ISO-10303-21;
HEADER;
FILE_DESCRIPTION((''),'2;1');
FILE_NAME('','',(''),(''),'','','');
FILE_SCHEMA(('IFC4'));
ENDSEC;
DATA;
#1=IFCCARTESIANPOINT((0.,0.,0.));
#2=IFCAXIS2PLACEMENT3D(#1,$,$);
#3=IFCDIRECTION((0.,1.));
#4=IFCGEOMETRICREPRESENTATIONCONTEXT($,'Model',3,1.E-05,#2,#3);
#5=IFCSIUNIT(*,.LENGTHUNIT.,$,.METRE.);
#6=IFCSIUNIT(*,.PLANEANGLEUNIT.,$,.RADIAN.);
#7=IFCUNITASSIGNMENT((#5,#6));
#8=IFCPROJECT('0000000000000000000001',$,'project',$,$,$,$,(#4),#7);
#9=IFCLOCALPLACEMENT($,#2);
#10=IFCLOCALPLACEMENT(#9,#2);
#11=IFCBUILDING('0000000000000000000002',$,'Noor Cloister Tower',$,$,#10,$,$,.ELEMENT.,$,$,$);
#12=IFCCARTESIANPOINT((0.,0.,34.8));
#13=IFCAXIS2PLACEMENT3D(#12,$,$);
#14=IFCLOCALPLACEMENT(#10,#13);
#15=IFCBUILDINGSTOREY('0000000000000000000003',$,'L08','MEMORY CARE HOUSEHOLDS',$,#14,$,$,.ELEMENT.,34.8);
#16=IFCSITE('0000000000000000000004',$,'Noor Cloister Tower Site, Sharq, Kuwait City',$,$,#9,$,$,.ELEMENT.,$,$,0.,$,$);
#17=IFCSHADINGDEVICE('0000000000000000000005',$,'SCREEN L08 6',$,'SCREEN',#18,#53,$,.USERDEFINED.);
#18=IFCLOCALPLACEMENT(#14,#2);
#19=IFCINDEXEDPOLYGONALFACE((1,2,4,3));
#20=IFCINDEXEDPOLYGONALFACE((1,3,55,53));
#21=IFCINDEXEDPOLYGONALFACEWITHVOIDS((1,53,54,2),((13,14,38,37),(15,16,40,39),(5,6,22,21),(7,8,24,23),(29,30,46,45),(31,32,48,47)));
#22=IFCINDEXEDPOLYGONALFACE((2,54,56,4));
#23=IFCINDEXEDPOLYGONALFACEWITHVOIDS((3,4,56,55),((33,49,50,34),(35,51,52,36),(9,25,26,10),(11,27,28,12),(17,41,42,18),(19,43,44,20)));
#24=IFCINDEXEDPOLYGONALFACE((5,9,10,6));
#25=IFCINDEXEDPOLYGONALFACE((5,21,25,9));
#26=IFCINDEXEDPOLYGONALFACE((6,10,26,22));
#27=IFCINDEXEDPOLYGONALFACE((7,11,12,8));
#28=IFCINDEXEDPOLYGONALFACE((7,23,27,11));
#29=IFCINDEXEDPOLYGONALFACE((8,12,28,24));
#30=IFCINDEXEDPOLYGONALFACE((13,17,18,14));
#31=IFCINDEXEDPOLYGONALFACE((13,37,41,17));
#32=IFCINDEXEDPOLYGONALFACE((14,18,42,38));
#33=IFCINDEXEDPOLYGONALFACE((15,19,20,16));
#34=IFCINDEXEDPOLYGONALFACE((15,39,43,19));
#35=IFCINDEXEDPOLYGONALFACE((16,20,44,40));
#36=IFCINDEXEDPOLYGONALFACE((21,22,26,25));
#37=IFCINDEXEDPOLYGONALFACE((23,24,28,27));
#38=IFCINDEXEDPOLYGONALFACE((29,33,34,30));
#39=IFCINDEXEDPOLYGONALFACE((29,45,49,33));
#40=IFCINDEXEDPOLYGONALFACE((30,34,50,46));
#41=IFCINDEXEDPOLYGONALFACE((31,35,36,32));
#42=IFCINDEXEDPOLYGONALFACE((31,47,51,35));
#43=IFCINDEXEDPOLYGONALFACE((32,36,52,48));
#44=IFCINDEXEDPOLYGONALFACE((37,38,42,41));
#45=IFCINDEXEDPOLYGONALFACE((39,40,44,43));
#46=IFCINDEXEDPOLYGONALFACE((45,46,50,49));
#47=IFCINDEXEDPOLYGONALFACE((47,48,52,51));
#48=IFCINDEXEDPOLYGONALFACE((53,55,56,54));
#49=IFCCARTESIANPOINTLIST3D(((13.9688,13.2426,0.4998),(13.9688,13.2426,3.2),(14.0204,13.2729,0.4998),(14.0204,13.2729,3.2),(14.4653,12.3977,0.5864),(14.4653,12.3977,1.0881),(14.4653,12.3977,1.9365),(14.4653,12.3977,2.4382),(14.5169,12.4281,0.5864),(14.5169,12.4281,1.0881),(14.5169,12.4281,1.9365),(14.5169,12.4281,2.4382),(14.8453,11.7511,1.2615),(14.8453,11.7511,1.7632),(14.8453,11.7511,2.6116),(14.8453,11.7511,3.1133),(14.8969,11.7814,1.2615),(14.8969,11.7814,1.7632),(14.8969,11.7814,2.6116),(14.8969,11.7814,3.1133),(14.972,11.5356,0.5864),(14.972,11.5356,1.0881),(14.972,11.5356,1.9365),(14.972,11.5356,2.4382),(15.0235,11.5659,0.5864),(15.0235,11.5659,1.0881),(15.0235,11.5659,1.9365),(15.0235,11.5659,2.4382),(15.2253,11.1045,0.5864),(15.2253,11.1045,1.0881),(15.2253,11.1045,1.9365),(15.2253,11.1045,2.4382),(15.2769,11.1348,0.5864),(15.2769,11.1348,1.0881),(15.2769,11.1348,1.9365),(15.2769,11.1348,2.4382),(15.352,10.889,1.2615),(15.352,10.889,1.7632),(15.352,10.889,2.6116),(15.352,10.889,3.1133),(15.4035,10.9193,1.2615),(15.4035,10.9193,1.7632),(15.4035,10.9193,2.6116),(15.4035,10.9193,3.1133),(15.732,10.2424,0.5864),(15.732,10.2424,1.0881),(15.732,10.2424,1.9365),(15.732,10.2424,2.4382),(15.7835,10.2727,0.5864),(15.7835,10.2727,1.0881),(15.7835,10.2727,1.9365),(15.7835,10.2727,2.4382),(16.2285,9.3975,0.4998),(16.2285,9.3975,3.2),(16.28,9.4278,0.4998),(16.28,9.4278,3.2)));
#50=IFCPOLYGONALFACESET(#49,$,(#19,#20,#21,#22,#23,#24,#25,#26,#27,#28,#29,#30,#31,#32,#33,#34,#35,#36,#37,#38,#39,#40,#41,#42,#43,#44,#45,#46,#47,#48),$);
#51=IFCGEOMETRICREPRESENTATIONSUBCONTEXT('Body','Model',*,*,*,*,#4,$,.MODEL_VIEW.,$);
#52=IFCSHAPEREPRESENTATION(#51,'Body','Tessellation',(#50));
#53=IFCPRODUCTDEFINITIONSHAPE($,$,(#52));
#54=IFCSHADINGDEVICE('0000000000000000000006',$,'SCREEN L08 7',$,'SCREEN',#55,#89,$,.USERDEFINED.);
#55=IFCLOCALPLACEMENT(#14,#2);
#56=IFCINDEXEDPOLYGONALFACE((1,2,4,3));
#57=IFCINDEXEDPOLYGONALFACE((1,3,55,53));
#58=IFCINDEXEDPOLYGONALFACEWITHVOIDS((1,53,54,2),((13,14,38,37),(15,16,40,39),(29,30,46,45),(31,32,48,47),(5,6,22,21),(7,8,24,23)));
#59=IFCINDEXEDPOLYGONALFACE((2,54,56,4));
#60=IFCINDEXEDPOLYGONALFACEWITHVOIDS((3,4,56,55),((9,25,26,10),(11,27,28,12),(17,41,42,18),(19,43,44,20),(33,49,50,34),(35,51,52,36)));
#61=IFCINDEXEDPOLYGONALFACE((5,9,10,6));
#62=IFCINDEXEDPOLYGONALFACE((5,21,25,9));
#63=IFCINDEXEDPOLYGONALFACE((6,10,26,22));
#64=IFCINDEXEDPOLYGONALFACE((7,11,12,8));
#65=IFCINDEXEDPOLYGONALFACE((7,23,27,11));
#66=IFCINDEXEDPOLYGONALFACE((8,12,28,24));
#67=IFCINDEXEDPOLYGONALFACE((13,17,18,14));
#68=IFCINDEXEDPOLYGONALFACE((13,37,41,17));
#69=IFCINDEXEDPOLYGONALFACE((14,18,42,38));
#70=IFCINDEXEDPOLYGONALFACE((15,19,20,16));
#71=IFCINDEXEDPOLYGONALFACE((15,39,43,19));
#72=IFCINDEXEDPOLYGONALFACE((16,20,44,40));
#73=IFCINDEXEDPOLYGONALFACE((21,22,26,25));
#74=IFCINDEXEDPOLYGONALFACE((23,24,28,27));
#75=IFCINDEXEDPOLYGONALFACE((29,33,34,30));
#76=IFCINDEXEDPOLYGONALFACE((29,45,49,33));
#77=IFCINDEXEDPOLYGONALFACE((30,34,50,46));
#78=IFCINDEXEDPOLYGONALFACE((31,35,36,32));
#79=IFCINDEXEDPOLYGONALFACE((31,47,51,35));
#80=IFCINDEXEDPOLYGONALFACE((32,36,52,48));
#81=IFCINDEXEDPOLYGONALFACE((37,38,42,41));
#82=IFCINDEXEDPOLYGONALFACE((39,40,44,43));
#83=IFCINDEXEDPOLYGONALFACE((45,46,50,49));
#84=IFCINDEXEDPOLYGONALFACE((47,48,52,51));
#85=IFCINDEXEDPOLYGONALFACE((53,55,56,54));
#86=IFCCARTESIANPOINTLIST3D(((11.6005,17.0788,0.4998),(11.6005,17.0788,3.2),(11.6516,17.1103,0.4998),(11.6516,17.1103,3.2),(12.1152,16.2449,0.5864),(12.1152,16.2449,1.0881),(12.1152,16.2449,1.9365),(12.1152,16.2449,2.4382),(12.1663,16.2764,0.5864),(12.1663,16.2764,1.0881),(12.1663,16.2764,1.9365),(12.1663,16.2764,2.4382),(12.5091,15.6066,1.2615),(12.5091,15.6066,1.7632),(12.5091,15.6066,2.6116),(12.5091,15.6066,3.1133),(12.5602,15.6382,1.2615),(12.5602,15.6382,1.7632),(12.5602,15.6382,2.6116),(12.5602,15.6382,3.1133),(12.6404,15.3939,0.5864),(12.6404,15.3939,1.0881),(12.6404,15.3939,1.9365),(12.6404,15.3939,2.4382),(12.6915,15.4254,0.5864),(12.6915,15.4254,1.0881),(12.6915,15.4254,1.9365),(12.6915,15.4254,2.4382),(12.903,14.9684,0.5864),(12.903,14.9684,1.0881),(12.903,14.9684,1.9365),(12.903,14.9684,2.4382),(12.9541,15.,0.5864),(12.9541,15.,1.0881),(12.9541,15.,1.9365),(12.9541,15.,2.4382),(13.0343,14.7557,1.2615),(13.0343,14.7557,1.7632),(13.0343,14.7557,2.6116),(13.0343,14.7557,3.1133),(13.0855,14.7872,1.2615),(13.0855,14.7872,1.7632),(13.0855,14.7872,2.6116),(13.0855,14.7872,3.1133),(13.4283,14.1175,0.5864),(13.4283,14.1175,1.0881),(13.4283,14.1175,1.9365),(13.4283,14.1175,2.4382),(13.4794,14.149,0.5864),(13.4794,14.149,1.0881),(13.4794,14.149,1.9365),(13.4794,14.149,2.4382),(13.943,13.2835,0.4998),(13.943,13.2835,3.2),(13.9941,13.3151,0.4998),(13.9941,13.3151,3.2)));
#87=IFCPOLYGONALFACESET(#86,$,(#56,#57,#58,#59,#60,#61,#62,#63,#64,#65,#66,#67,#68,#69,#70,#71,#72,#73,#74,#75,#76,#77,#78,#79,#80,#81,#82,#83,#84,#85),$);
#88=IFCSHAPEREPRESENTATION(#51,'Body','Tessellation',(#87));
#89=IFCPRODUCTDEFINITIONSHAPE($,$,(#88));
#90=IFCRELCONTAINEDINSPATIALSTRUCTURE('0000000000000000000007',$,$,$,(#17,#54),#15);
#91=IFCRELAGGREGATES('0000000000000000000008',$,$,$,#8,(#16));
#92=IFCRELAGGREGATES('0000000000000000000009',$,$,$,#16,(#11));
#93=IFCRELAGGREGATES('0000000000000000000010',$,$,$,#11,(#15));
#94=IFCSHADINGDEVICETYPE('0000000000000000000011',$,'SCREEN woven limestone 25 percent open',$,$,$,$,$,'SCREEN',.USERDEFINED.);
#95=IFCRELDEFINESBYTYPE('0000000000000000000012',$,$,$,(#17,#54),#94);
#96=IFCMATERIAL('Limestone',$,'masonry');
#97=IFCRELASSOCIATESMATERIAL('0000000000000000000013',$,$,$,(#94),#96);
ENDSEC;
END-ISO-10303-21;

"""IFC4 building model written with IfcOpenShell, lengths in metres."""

from ifc_helpers import new_model, si_unit, direction, frame, origin, place, context, subcontext, project, spatial, polyline, outline, extrude, material, material_profile, profile_set, type_object, element, save


model = new_model("IFC4")

# Units and contexts
model_context = context("Model", 3, precision=1e-05, world=origin(), true_north=direction((0.0, 1.0)))
body_context = subcontext(model_context, "Body", "Model", "MODEL_VIEW")
ifc_project = project(units=[si_unit("LENGTHUNIT", "METRE"), si_unit("PLANEANGLEUNIT", "RADIAN")], contexts=[model_context])

# Site, building, storey
site_placement = place(None, origin())
site = spatial("IfcSite", under=ifc_project, at=site_placement, Name="Noor Cloister Tower Site, Sharq, Kuwait City", CompositionType="ELEMENT", RefElevation=0.0)
building_placement = place(site_placement, origin())
building = spatial("IfcBuilding", under=site, at=building_placement, Name="Noor Cloister Tower", CompositionType="ELEMENT")
storey_placement = place(building_placement, frame((0.0, 0.0, 34.8)))
storey = spatial("IfcBuildingStorey", under=building, at=storey_placement, Name="L08", Description="MEMORY CARE HOUSEHOLDS", CompositionType="ELEMENT", Elevation=34.8)

# Shading devices
ifc_material_1 = material(Name="Limestone", Category="masonry")
ifc_material_profile_1 = material_profile(ifc_material_1, outline(polyline([(-2.23, -1.3501), (2.23, -1.3501), (2.23, 1.3501), (-2.23, 1.3501), (-2.23, -1.3501)]), holes=[polyline([(-1.25, -1.2634), (-0.25, -1.2634), (-0.25, -0.7617), (-1.25, -0.7617), (-1.25, -1.2634)]), polyline([(0.25, -1.2634), (1.25, -1.2634), (1.25, -0.7617), (0.25, -0.7617), (0.25, -1.2634)]), polyline([(-0.5, -0.5884), (0.5, -0.5884), (0.5, -0.0867), (-0.5, -0.0867), (-0.5, -0.5884)]), polyline([(-1.25, 0.0867), (-0.25, 0.0867), (-0.25, 0.5884), (-1.25, 0.5884), (-1.25, 0.0867)]), polyline([(0.25, 0.0867), (1.25, 0.0867), (1.25, 0.5884), (0.25, 0.5884), (0.25, 0.0867)]), polyline([(-0.5, 0.7617), (0.5, 0.7617), (0.5, 1.2634), (-0.5, 1.2634), (-0.5, 0.7617)])]), Name="Woven screen 25 percent open")
ifc_profile_set_1 = profile_set([ifc_material_profile_1], Name="Limestone")
shading_device_type = type_object("IfcShadingDeviceType", Name="SCREEN woven limestone 25 percent open", ElementType="SCREEN", PredefinedType="USERDEFINED", material=ifc_profile_set_1)
shading_device_1_placement = place(storey_placement, frame((15.0986, 11.3201, 1.8499), z_axis=(0.862144, 0.506663, 0.0), x_axis=(-0.506663, 0.862144, 0.0)))
element("IfcShadingDevice", 1, at=shading_device_1_placement, inside=storey, type_object=shading_device_type, Name="SCREEN L08 6", ObjectType="SCREEN", PredefinedType="USERDEFINED", context=body_context, shape_type="SweptSolid", body=[
    extrude(outline(polyline([(-2.23, -1.3501), (2.23, -1.3501), (2.23, 1.3501), (-2.23, 1.3501), (-2.23, -1.3501)]), holes=[polyline([(-1.25, -1.2634), (-0.25, -1.2634), (-0.25, -0.7617), (-1.25, -0.7617), (-1.25, -1.2634)]), polyline([(0.25, -1.2634), (1.25, -1.2634), (1.25, -0.7617), (0.25, -0.7617), (0.25, -1.2634)]), polyline([(-0.5, -0.5884), (0.5, -0.5884), (0.5, -0.0867), (-0.5, -0.0867), (-0.5, -0.5884)]), polyline([(-1.25, 0.0867), (-0.25, 0.0867), (-0.25, 0.5884), (-1.25, 0.5884), (-1.25, 0.0867)]), polyline([(0.25, 0.0867), (1.25, 0.0867), (1.25, 0.5884), (0.25, 0.5884), (0.25, 0.0867)]), polyline([(-0.5, 0.7617), (0.5, 0.7617), (0.5, 1.2634), (-0.5, 1.2634), (-0.5, 0.7617)])]), origin(), (0.0, 0.0, 1.0), 0.0598),
])
shading_device_2_placement = place(storey_placement, frame((12.7717, 15.1812, 1.8499), z_axis=(0.850959, 0.525233, 0.0), x_axis=(-0.525233, 0.850959, 0.0)))
element("IfcShadingDevice", 2, at=shading_device_2_placement, inside=storey, type_object=shading_device_type, Name="SCREEN L08 7", ObjectType="SCREEN", PredefinedType="USERDEFINED", context=body_context, shape_type="SweptSolid", body=[
    extrude(outline(polyline([(-2.23, -1.3501), (2.23, -1.3501), (2.23, 1.3501), (-2.23, 1.3501), (-2.23, -1.3501)]), holes=[polyline([(-1.25, -1.2634), (-0.25, -1.2634), (-0.25, -0.7617), (-1.25, -0.7617), (-1.25, -1.2634)]), polyline([(0.25, -1.2634), (1.25, -1.2634), (1.25, -0.7617), (0.25, -0.7617), (0.25, -1.2634)]), polyline([(-0.5, -0.5884), (0.5, -0.5884), (0.5, -0.0867), (-0.5, -0.0867), (-0.5, -0.5884)]), polyline([(-1.25, 0.0867), (-0.25, 0.0867), (-0.25, 0.5884), (-1.25, 0.5884), (-1.25, 0.0867)]), polyline([(0.25, 0.0867), (1.25, 0.0867), (1.25, 0.5884), (0.25, 0.5884), (0.25, 0.0867)]), polyline([(-0.5, 0.7617), (0.5, 0.7617), (0.5, 1.2634), (-0.5, 1.2634), (-0.5, 0.7617)])]), origin(), (0.0, 0.0, 1.0), 0.0601),
])

save(model, "model.ifc")
